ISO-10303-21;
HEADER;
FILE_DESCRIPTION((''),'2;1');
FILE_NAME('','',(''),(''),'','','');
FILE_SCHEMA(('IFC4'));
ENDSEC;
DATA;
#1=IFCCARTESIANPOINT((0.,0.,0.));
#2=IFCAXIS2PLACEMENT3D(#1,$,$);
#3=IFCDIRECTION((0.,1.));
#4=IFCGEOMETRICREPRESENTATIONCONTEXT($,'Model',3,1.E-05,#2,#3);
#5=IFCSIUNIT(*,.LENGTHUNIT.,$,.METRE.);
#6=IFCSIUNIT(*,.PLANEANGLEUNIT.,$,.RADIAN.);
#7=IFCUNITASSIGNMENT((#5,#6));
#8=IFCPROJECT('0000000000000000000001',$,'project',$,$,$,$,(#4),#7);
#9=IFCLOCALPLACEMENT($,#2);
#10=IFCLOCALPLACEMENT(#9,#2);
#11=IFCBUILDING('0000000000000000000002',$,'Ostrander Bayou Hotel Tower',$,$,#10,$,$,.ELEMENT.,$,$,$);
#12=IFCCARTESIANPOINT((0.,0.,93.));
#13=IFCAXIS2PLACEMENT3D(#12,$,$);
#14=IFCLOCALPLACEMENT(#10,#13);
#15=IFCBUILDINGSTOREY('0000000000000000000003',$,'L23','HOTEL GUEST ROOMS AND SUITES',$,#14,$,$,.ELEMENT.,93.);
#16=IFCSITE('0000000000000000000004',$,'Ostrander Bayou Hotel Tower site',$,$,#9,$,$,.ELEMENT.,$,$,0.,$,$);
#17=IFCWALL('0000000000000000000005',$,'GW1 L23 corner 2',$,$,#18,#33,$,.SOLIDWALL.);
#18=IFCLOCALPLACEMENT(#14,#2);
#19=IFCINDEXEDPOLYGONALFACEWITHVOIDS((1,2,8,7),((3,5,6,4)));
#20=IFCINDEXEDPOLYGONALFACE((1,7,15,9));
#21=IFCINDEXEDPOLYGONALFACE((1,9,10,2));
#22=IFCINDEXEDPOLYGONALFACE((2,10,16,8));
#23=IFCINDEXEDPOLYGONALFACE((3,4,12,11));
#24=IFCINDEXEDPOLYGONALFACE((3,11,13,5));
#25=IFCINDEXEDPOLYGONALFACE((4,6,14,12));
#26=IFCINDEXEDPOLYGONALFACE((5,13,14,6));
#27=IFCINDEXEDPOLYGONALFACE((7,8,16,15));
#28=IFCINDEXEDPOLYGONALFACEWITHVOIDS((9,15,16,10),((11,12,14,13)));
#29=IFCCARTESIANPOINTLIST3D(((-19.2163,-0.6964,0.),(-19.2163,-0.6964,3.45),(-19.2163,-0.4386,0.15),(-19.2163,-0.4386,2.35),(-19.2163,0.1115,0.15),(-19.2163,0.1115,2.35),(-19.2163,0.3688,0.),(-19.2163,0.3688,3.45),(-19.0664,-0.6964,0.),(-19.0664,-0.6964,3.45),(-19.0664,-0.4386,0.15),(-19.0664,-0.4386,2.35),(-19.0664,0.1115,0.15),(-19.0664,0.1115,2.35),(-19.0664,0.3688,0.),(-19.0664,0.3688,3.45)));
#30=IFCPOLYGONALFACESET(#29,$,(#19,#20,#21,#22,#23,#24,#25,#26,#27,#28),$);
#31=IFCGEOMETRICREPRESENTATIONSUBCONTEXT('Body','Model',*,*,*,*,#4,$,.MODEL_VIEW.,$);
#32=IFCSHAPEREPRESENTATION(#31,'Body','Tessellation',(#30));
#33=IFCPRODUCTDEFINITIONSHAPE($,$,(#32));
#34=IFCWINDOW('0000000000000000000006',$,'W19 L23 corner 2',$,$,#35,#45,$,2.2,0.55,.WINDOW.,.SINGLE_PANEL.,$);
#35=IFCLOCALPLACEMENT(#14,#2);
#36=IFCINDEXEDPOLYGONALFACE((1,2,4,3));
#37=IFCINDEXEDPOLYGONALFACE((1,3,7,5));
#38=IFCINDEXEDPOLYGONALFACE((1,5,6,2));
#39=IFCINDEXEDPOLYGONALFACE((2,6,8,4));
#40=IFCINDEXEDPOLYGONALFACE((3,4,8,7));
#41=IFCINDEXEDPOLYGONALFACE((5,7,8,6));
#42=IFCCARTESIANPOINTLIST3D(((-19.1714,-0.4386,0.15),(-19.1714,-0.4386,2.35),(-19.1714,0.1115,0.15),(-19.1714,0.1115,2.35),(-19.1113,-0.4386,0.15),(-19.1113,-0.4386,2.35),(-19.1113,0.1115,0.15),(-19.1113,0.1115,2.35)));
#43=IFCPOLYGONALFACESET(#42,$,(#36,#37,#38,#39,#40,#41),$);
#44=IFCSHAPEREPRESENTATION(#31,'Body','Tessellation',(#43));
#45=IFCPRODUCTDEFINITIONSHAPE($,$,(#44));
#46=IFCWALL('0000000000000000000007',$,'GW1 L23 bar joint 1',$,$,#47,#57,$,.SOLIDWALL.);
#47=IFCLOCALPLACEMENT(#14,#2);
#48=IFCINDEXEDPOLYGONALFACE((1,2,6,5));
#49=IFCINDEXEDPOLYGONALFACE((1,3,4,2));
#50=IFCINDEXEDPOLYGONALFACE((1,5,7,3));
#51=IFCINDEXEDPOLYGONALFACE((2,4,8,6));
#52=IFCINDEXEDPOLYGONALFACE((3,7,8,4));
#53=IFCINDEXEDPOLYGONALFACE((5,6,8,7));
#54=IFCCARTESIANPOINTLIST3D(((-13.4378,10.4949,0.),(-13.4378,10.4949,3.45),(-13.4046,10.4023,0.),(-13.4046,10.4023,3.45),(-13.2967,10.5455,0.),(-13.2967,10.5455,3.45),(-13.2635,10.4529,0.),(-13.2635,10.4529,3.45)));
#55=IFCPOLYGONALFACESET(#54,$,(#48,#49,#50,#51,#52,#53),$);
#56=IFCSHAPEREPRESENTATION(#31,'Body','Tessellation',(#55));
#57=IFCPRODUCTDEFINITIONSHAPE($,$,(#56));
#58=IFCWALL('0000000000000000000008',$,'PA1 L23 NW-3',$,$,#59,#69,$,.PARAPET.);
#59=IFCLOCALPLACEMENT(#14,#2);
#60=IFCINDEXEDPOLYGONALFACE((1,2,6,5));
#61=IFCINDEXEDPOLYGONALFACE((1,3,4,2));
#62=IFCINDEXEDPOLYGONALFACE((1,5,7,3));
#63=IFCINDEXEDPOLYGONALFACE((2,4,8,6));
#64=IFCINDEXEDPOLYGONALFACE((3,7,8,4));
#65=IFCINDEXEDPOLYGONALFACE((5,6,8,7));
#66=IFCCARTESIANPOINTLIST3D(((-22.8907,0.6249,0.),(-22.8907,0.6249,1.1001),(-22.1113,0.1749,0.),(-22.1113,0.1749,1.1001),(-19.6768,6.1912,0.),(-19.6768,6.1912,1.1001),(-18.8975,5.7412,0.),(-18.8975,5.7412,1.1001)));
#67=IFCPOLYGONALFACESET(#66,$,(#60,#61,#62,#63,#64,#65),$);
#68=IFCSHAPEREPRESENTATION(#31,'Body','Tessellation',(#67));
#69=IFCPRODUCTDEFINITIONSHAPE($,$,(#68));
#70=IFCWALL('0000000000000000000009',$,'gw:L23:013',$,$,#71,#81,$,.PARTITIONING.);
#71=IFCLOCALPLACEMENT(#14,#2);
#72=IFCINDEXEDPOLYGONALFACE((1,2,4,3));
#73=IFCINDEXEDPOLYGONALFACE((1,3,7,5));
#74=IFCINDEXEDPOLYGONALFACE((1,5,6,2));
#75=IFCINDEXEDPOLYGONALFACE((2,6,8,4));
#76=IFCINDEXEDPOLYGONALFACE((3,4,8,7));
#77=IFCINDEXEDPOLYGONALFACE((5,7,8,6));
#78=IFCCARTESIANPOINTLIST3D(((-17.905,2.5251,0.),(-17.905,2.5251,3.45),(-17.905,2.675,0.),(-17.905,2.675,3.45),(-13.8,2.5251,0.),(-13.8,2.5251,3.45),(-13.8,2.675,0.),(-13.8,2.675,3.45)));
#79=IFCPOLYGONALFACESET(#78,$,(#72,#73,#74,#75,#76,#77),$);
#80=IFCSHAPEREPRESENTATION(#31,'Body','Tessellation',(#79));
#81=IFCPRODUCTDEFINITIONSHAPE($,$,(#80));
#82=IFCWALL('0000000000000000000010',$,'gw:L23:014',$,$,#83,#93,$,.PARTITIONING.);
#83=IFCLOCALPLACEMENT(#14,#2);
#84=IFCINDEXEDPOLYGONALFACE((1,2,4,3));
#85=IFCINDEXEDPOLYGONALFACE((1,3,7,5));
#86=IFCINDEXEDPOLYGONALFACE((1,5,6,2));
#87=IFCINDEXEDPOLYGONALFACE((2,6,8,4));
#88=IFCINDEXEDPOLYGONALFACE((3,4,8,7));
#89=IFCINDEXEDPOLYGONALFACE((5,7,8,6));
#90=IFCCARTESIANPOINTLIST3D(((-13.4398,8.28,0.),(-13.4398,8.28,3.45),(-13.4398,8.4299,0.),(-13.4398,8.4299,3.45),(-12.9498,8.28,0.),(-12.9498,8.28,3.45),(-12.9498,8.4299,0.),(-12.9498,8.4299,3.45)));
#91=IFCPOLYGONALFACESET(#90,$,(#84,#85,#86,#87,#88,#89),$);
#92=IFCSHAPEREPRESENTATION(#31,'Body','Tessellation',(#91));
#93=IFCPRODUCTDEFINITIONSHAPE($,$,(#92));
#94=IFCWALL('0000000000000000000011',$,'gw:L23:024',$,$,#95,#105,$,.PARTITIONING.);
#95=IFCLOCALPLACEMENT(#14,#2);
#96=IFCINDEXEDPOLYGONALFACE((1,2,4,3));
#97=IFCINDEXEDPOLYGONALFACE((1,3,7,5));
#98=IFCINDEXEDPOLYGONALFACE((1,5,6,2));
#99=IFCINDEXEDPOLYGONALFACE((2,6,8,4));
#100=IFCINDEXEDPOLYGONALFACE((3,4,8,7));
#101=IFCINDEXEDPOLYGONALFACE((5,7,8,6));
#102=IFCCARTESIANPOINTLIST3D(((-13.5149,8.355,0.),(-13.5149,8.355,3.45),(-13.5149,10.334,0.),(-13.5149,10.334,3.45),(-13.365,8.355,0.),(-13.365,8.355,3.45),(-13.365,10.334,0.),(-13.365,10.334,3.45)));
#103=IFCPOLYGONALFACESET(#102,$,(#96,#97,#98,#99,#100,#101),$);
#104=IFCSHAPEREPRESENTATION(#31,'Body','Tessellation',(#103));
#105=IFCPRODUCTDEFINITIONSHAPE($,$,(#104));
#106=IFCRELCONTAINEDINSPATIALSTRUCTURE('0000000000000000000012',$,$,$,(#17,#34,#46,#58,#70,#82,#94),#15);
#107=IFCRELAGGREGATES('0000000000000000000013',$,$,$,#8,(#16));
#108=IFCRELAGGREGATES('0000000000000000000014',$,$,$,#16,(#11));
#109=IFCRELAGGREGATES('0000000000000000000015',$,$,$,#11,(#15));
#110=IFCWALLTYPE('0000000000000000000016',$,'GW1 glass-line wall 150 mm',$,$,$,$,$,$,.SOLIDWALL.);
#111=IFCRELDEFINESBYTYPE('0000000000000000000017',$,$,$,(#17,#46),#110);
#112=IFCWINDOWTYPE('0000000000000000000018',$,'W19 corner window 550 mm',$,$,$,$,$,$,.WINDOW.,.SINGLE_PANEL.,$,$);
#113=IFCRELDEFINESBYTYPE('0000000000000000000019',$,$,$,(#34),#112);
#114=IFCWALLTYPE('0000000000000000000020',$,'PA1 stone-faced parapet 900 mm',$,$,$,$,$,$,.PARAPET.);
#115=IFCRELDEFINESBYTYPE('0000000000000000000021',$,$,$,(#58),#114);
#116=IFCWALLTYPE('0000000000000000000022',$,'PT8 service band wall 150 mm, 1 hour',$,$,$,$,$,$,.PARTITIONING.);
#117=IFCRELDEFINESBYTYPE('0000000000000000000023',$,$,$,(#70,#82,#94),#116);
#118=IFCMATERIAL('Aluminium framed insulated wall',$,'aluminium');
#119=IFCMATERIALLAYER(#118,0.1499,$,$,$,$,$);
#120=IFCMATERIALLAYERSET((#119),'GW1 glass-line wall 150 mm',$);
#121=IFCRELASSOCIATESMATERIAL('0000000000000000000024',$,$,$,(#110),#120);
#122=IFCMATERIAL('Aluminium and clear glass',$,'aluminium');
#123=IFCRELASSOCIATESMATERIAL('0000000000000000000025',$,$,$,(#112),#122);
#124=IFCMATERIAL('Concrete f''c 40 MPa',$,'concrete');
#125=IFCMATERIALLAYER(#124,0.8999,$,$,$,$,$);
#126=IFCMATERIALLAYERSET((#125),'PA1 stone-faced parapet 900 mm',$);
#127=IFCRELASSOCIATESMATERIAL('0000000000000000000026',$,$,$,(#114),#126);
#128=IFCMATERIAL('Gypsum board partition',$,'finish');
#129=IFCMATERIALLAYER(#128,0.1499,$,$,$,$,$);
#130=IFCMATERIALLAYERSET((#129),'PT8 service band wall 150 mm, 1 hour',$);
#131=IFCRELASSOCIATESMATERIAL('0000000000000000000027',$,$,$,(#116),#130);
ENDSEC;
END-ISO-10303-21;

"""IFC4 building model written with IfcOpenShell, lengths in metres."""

from ifc_helpers import new_model, si_unit, direction, frame, frame_2d, origin, place, context, subcontext, project, spatial, rectangle, extrude, material, layer, layer_set, type_object, element, fill, save


model = new_model("IFC4")

# Units and contexts
model_context = context("Model", 3, precision=1e-05, world=origin(), true_north=direction((0.0, 1.0)))
body_context = subcontext(model_context, "Body", "Model", "MODEL_VIEW")
ifc_project = project(units=[si_unit("LENGTHUNIT", "METRE"), si_unit("PLANEANGLEUNIT", "RADIAN")], contexts=[model_context])

# Site, building, storey
site_placement = place(None, origin())
site = spatial("IfcSite", under=ifc_project, at=site_placement, Name="Ostrander Bayou Hotel Tower site", CompositionType="ELEMENT", RefElevation=0.0)
building_placement = place(site_placement, origin())
building = spatial("IfcBuilding", under=site, at=building_placement, Name="Ostrander Bayou Hotel Tower", CompositionType="ELEMENT")
storey_placement = place(building_placement, frame((0.0, 0.0, 93.0)))
storey = spatial("IfcBuildingStorey", under=building, at=storey_placement, Name="L23", Description="HOTEL GUEST ROOMS AND SUITES", CompositionType="ELEMENT", Elevation=93.0)

# Shared definitions
ifc_material_1 = material(Name="Aluminium framed insulated wall", Category="aluminium")
ifc_layer_1 = layer(ifc_material_1, 0.1499)
ifc_layer_set_1 = layer_set([ifc_layer_1], Name="GW1 glass-line wall 150 mm")
wall_type_1 = type_object("IfcWallType", Name="GW1 glass-line wall 150 mm", PredefinedType="SOLIDWALL", material=ifc_layer_set_1)

# Wall, opening, window
wall_1_placement = place(storey_placement, frame((-19.1414, 0.3689, 0.0), z_axis=(0.0, 0.0, 1.0), x_axis=(0.0, -1.0, 0.0)))
wall_1 = element("IfcWall", 1, at=wall_1_placement, inside=storey, type_object=wall_type_1, Name="GW1 L23 corner 2", PredefinedType="SOLIDWALL", context=body_context, shape_type="SweptSolid", body=[
    extrude(rectangle(XDim=1.0652, YDim=0.1499, at=frame_2d((0.5327, 0.0))), origin(), (0.0, 0.0, 1.0), 3.45),
])
opening_1_placement = place(wall_1_placement, frame((0.2576, 0.0, 0.1499)))
opening_1 = element("IfcOpeningElement", 2, at=opening_1_placement, cuts=wall_1, PredefinedType="OPENING", context=body_context, shape_type="SweptSolid", body=[
    extrude(rectangle(XDim=0.55, YDim=2.2, at=frame_2d((0.2749, 1.1001))), frame((0.0, 0.075, 0.0), z_axis=(0.0, -1.0, 0.0), x_axis=(1.0, 0.0, 0.0)), (0.0, 0.0, 1.0), 0.1499),
])
ifc_material_2 = material(Name="Aluminium and clear glass", Category="aluminium")
window_type_1 = type_object("IfcWindowType", Name="W19 corner window 550 mm", PartitioningType="SINGLE_PANEL", PredefinedType="WINDOW", material=ifc_material_2)
window_1_placement = place(opening_1_placement, origin())
window_1 = element("IfcWindow", 3, at=window_1_placement, inside=storey, type_object=window_type_1, Name="W19 L23 corner 2", OverallHeight=2.2, OverallWidth=0.55, PartitioningType="SINGLE_PANEL", PredefinedType="WINDOW", context=body_context, shape_type="SweptSolid", body=[
    extrude(rectangle(XDim=0.55, YDim=2.2, at=frame_2d((0.2749, 1.1001))), frame((0.0, 0.03, 0.0), z_axis=(0.0, -1.0, 0.0), x_axis=(1.0, 0.0, 0.0)), (0.0, 0.0, 1.0), 0.0601),
])
fill(opening_1, window_1)

# Walls
wall_2_placement = place(storey_placement, frame((-13.334, 10.4275, 0.0), z_axis=(0.0, 0.0, 1.0), x_axis=(-0.337752, 0.941235, 0.0)))
element("IfcWall", 4, at=wall_2_placement, inside=storey, type_object=wall_type_1, Name="GW1 L23 bar joint 1", PredefinedType="SOLIDWALL", context=body_context, shape_type="SweptSolid", body=[
    extrude(rectangle(XDim=0.0984, YDim=0.1499, at=frame_2d((0.0493, 0.0))), origin(), (0.0, 0.0, 1.0), 3.45),
])
ifc_material_3 = material(Name="Concrete f'c 40 MPa", Category="concrete")
ifc_layer_2 = layer(ifc_material_3, 0.8999)
ifc_layer_set_2 = layer_set([ifc_layer_2], Name="PA1 stone-faced parapet 900 mm")
wall_type_2 = type_object("IfcWallType", Name="PA1 stone-faced parapet 900 mm", PredefinedType="PARAPET", material=ifc_layer_set_2)
wall_3_placement = place(storey_placement, frame((-19.2871, 5.9663, 0.0), z_axis=(0.0, 0.0, 1.0), x_axis=(-0.500012, -0.866019, 0.0)))
element("IfcWall", 5, at=wall_3_placement, inside=storey, type_object=wall_type_2, Name="PA1 L23 NW-3", PredefinedType="PARAPET", context=body_context, shape_type="SweptSolid", body=[
    extrude(rectangle(XDim=6.4275, YDim=0.8999, at=frame_2d((3.2139, 0.0))), origin(), (0.0, 0.0, 1.0), 1.1001),
])
ifc_material_4 = material(Name="Gypsum board partition", Category="finish")
ifc_layer_3 = layer(ifc_material_4, 0.1499)
ifc_layer_set_3 = layer_set([ifc_layer_3], Name="PT8 service band wall 150 mm, 1 hour")
wall_type_3 = type_object("IfcWallType", Name="PT8 service band wall 150 mm, 1 hour", PredefinedType="PARTITIONING", material=ifc_layer_set_3)
wall_4_placement = place(storey_placement, frame((-17.905, 2.6001, 0.0), z_axis=(0.0, 0.0, 1.0), x_axis=(1.0, 0.0, 0.0)))
element("IfcWall", 6, at=wall_4_placement, inside=storey, type_object=wall_type_3, Name="gw:L23:013", PredefinedType="PARTITIONING", context=body_context, shape_type="SweptSolid", body=[
    extrude(rectangle(XDim=4.105, YDim=0.1499, at=frame_2d((2.0525, 0.0))), origin(), (0.0, 0.0, 1.0), 3.45),
])
wall_5_placement = place(storey_placement, frame((-13.4399, 8.355, 0.0), z_axis=(0.0, 0.0, 1.0), x_axis=(1.0, 0.0, 0.0)))
element("IfcWall", 7, at=wall_5_placement, inside=storey, type_object=wall_type_3, Name="gw:L23:014", PredefinedType="PARTITIONING", context=body_context, shape_type="SweptSolid", body=[
    extrude(rectangle(XDim=0.49, YDim=0.1499, at=frame_2d((0.2451, 0.0))), origin(), (0.0, 0.0, 1.0), 3.45),
])
wall_6_placement = place(storey_placement, frame((-13.4399, 8.355, 0.0), z_axis=(0.0, 0.0, 1.0), x_axis=(0.0, 1.0, 0.0)))
element("IfcWall", 8, at=wall_6_placement, inside=storey, type_object=wall_type_3, Name="gw:L23:024", PredefinedType="PARTITIONING", context=body_context, shape_type="SweptSolid", body=[
    extrude(rectangle(XDim=1.979, YDim=0.1499, at=frame_2d((0.9895, 0.0))), origin(), (0.0, 0.0, 1.0), 3.45),
])

save(model, "model.ifc")
